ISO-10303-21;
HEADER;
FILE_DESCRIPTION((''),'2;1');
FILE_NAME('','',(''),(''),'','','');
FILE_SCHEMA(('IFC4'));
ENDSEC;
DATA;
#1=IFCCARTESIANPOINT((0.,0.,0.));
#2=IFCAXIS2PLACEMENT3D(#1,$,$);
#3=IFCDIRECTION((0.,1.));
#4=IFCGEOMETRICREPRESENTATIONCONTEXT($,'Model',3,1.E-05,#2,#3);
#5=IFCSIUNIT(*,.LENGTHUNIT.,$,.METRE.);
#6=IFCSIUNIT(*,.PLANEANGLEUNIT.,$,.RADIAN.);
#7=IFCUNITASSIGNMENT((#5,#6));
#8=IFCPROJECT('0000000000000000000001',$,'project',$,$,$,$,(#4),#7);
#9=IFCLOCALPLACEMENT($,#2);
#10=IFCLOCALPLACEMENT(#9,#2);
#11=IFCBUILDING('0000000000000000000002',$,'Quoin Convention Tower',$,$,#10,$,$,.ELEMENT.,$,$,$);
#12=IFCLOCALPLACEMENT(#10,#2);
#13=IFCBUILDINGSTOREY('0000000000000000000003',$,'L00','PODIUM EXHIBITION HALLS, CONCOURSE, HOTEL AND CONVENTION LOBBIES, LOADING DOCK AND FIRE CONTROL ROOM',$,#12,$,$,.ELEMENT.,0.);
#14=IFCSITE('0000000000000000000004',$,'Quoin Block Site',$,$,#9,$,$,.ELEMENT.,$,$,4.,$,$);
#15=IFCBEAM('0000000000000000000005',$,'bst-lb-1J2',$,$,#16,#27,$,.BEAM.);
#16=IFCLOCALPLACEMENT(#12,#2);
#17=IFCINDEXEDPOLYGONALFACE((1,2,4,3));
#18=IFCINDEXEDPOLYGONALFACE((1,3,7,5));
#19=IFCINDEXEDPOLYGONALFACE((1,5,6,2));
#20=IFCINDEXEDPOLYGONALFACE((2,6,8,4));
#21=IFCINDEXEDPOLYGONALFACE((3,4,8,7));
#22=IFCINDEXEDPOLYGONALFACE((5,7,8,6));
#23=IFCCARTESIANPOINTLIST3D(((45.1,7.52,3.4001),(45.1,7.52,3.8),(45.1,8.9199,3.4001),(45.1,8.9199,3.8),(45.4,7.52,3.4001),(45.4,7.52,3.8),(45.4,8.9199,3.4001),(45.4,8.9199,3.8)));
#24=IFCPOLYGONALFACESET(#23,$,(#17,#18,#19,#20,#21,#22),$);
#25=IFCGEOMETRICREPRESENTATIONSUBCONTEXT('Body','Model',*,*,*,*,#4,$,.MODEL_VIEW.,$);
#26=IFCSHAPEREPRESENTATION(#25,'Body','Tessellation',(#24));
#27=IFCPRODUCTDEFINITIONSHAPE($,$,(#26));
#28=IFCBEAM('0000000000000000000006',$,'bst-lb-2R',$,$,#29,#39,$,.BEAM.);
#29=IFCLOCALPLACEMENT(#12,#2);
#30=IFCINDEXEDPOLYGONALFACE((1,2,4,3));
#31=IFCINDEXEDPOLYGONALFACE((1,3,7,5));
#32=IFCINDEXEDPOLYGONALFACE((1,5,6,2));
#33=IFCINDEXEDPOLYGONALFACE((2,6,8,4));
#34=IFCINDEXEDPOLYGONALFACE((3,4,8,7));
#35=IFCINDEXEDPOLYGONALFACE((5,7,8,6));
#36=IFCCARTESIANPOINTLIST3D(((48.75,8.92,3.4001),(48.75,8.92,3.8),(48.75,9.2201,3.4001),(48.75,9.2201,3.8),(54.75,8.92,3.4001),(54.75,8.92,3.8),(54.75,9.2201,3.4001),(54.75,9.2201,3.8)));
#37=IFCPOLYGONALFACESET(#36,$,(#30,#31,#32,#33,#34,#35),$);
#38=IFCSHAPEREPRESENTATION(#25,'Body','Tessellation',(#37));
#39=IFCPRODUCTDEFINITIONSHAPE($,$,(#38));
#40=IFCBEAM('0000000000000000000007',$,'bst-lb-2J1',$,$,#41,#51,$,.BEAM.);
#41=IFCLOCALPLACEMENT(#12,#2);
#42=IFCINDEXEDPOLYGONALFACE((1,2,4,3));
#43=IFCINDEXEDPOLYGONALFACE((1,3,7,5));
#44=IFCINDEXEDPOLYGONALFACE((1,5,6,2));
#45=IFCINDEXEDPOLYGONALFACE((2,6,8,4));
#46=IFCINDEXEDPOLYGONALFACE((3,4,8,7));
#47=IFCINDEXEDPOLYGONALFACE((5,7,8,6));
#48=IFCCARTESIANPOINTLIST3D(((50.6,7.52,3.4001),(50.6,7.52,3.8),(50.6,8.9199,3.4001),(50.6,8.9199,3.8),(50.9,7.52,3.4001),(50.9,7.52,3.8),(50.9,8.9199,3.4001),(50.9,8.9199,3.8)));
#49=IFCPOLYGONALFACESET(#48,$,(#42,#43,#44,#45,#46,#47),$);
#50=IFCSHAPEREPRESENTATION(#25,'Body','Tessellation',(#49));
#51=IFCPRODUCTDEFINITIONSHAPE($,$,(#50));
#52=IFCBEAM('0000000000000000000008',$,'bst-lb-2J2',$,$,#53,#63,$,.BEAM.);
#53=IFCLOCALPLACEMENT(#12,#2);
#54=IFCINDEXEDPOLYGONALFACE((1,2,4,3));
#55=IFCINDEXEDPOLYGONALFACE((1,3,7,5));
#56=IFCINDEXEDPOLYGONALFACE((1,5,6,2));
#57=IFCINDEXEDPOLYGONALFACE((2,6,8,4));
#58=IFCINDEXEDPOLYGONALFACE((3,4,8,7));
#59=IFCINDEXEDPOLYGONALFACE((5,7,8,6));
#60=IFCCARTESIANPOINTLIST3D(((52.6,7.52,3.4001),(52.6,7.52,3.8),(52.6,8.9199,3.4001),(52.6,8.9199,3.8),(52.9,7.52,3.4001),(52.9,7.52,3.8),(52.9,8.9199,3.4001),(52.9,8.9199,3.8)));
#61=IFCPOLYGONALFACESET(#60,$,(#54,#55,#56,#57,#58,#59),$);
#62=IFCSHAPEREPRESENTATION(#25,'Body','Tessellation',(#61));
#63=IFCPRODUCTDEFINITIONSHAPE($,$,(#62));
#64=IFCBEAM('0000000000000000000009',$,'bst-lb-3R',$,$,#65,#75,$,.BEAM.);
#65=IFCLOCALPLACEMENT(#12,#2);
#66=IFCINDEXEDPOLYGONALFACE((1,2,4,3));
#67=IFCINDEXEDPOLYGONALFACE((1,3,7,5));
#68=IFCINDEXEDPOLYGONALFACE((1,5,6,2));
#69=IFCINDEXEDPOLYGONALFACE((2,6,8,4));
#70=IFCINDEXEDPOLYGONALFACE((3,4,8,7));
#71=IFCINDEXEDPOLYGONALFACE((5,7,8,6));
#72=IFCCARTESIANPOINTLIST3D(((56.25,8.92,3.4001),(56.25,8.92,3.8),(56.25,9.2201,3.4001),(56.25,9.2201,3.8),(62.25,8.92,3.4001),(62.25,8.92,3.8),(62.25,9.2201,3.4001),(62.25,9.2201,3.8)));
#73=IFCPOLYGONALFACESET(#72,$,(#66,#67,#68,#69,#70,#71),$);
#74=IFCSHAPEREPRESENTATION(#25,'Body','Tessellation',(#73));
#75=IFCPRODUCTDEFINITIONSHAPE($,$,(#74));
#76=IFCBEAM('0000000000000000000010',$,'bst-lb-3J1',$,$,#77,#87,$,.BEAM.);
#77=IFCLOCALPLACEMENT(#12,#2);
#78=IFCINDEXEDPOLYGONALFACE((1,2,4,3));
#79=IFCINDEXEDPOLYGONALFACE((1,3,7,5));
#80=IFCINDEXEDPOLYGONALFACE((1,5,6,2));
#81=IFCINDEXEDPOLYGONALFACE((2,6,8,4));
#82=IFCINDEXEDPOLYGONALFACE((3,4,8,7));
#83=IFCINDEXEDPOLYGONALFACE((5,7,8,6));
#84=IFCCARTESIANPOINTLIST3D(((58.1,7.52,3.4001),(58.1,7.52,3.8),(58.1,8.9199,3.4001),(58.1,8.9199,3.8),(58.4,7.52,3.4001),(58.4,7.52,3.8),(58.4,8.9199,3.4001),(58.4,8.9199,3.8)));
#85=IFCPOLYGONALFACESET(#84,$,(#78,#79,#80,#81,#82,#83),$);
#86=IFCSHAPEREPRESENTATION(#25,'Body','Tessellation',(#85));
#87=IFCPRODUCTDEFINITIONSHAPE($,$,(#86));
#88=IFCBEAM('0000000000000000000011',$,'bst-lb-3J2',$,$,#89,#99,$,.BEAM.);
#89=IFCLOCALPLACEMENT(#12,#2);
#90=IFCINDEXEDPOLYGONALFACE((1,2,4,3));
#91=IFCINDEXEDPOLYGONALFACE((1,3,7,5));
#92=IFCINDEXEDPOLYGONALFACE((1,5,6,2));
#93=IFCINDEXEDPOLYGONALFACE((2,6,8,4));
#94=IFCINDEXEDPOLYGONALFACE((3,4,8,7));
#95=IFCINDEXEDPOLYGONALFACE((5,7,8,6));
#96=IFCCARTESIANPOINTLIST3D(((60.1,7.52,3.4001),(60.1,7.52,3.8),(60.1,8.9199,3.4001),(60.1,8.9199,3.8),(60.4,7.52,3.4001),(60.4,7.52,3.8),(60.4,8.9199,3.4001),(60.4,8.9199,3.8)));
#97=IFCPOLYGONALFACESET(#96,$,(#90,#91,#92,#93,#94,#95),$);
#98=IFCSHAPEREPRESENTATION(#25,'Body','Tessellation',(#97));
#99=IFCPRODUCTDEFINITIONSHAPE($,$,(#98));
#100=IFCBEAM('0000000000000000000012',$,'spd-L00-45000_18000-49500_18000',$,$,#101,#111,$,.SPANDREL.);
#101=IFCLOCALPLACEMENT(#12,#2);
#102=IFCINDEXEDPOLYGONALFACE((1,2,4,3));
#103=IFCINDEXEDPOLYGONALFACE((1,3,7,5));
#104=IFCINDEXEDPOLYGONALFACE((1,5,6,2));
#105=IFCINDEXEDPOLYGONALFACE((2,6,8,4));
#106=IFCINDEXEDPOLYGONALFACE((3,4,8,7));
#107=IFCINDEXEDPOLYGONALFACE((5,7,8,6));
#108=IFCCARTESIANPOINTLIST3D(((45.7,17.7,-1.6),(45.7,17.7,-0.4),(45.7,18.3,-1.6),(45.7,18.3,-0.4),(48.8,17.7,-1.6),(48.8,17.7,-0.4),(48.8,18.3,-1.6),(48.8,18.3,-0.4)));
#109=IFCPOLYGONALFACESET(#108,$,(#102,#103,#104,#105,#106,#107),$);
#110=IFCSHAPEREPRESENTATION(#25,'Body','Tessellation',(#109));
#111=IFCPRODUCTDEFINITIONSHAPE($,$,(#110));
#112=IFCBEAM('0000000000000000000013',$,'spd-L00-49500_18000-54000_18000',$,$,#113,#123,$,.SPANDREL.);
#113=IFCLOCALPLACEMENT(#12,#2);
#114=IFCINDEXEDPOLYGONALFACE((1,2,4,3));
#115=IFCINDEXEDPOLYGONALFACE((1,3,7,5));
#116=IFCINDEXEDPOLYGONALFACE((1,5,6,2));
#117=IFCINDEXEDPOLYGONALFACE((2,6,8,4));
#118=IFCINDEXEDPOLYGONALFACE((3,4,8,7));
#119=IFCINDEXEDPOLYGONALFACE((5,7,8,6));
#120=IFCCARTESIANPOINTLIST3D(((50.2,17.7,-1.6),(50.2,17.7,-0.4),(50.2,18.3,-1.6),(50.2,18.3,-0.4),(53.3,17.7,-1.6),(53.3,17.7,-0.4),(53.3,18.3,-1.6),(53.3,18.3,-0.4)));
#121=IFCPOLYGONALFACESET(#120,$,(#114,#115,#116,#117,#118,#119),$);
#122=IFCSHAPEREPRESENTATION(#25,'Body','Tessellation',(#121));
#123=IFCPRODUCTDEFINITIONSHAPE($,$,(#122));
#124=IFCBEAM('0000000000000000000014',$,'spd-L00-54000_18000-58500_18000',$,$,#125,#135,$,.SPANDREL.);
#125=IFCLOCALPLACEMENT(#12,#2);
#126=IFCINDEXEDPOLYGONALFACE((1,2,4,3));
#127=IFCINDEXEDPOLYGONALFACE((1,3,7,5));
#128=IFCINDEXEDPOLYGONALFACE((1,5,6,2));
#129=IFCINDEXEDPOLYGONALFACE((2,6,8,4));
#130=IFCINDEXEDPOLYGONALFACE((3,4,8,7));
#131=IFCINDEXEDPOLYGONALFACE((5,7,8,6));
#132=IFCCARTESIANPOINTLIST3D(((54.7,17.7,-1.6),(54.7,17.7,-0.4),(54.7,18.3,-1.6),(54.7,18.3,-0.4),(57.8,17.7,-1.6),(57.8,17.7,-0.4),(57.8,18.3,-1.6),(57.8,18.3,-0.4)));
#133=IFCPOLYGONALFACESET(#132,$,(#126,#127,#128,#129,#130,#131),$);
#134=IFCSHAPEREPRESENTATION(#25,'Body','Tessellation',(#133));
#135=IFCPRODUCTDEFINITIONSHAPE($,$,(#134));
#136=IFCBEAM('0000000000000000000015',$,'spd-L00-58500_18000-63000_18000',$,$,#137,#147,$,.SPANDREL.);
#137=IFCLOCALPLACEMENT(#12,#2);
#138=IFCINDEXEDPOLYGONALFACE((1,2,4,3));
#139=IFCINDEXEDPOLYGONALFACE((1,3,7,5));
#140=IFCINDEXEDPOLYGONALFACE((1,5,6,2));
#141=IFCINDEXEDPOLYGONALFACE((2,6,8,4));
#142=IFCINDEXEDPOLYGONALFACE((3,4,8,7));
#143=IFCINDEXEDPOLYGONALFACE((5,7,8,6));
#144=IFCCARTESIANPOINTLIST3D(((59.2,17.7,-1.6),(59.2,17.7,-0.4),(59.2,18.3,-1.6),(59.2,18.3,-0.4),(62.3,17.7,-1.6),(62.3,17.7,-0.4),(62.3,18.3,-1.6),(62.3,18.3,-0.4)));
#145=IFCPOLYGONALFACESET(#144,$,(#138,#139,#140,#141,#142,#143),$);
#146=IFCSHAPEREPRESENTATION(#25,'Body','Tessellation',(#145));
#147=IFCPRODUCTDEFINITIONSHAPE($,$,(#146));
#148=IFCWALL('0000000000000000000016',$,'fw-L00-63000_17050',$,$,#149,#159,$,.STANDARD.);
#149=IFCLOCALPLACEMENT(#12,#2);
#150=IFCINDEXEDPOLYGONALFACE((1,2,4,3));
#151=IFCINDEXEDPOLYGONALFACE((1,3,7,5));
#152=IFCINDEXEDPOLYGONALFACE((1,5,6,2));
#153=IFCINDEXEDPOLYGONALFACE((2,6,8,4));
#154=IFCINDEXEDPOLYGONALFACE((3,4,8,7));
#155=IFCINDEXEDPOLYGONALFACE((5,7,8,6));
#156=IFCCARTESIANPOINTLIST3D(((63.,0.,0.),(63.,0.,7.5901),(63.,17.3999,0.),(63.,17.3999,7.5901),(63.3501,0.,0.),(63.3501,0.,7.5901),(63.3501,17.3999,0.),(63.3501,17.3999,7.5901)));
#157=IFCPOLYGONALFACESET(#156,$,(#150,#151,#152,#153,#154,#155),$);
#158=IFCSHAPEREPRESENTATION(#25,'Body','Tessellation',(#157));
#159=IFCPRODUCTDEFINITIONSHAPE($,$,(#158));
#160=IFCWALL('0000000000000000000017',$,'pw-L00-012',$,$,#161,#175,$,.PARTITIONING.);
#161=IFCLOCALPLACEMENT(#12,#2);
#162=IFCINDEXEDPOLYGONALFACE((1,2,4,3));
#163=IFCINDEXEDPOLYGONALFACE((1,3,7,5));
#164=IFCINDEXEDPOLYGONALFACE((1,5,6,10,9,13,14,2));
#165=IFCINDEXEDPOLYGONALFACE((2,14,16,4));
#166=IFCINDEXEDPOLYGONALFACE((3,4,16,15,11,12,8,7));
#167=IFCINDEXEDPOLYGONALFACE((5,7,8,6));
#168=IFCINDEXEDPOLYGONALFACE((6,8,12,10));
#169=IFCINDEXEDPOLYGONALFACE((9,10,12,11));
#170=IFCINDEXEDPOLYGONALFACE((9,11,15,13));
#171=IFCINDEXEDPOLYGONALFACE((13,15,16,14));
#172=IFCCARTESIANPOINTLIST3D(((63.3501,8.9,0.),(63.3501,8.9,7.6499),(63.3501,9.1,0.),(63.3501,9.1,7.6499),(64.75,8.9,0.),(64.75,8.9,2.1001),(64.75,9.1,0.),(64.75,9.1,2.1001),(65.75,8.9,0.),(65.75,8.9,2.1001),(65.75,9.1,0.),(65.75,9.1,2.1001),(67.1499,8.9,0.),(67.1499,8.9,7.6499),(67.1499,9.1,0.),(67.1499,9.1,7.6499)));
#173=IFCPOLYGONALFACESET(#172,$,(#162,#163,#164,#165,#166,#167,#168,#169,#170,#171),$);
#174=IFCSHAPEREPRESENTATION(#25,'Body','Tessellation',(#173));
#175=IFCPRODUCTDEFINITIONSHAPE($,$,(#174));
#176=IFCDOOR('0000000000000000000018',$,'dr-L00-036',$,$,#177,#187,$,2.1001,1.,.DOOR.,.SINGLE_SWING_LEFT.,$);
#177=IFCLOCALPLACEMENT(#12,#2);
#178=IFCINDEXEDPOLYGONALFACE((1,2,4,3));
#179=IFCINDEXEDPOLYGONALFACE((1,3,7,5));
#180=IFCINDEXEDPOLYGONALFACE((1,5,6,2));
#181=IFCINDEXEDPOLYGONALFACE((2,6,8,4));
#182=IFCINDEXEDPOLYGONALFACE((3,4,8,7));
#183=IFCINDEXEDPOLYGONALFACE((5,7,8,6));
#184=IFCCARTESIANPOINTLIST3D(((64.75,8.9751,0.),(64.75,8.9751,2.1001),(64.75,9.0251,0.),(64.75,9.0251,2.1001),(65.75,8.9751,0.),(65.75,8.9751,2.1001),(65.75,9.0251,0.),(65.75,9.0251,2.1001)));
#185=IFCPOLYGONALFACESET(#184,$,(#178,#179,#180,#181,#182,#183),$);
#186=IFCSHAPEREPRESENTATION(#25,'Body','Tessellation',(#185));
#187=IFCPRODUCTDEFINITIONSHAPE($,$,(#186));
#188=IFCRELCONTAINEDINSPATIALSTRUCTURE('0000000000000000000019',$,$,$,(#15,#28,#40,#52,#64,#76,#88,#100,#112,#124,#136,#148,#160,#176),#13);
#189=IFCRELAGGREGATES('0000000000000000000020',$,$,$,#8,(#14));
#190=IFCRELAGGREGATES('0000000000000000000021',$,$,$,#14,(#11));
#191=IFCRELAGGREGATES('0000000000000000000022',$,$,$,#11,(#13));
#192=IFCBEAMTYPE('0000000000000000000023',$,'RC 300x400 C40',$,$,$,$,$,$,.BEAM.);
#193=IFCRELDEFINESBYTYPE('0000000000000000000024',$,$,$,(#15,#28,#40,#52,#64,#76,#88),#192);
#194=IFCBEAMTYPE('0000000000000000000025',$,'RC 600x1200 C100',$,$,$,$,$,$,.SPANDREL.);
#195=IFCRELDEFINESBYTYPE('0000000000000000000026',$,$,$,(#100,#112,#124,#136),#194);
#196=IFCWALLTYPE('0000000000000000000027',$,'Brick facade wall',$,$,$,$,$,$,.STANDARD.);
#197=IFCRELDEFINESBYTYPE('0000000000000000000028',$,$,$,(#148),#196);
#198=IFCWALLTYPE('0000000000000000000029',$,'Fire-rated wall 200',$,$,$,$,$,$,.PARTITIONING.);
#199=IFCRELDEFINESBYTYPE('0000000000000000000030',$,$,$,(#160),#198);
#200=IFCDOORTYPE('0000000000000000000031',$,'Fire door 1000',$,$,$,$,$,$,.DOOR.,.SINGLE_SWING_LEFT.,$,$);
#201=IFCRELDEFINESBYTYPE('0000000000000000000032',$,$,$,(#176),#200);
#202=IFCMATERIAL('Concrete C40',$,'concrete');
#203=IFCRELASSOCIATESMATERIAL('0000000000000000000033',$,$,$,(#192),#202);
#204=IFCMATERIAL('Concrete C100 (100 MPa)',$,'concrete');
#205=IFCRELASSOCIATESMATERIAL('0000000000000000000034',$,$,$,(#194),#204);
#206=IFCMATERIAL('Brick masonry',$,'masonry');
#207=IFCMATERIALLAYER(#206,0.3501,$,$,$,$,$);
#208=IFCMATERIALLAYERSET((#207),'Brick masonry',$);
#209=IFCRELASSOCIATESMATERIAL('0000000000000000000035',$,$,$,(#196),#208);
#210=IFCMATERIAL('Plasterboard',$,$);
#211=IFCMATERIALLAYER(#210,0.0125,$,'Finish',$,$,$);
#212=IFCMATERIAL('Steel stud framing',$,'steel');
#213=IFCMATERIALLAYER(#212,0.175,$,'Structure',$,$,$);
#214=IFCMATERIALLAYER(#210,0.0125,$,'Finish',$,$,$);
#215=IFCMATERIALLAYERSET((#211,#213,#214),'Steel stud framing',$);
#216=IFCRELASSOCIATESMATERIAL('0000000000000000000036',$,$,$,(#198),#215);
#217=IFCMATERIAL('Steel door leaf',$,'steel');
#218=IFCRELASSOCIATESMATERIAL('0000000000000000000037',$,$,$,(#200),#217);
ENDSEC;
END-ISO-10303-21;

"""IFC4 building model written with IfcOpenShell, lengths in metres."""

from ifc_helpers import new_model, si_unit, direction, frame, frame_2d, origin, origin_2d, place, context, subcontext, project, spatial, rectangle, extrude, material, layer, layer_set, material_profile, profile_set, type_object, element, fill, save


model = new_model("IFC4")

# Units and contexts
model_context = context("Model", 3, precision=1e-05, world=origin(), true_north=direction((0.0, 1.0)))
body_context = subcontext(model_context, "Body", "Model", "MODEL_VIEW")
ifc_project = project(units=[si_unit("LENGTHUNIT", "METRE"), si_unit("PLANEANGLEUNIT", "RADIAN")], contexts=[model_context])

# Site, building, storey
site_placement = place(None, origin())
site = spatial("IfcSite", under=ifc_project, at=site_placement, Name="Quoin Block Site", CompositionType="ELEMENT", RefElevation=4.0)
building_placement = place(site_placement, origin())
building = spatial("IfcBuilding", under=site, at=building_placement, Name="Quoin Convention Tower", CompositionType="ELEMENT")
storey_placement = place(building_placement, origin())
storey = spatial("IfcBuildingStorey", under=building, at=storey_placement, Name="L00", Description="PODIUM EXHIBITION HALLS, CONCOURSE, HOTEL AND CONVENTION LOBBIES, LOADING DOCK AND FIRE CONTROL ROOM", CompositionType="ELEMENT", Elevation=0.0)

# Beams
ifc_material_1 = material(Name="Concrete C40", Category="concrete")
ifc_material_profile_1 = material_profile(ifc_material_1, rectangle(XDim=0.3, YDim=0.3999, at=origin_2d()), Name="RC 300x400")
ifc_profile_set_1 = profile_set([ifc_material_profile_1], Name="Concrete C40")
beam_type_1 = type_object("IfcBeamType", Name="RC 300x400 C40", PredefinedType="BEAM", material=ifc_profile_set_1)
beam_1_placement = place(storey_placement, frame((45.25, 7.52, 3.6001), z_axis=(0.0, 1.0, 0.0), x_axis=(-1.0, 0.0, 0.0)))
element("IfcBeam", 1, at=beam_1_placement, inside=storey, type_object=beam_type_1, Name="bst-lb-1J2", PredefinedType="BEAM", context=body_context, shape_type="SweptSolid", body=[
    extrude(rectangle(XDim=0.3, YDim=0.3999, at=origin_2d()), origin(), (0.0, 0.0, 1.0), 1.3999),
])
beam_2_placement = place(storey_placement, frame((48.75, 9.0701, 3.6001), z_axis=(1.0, 0.0, 0.0), x_axis=(0.0, 1.0, 0.0)))
element("IfcBeam", 2, at=beam_2_placement, inside=storey, type_object=beam_type_1, Name="bst-lb-2R", PredefinedType="BEAM", context=body_context, shape_type="SweptSolid", body=[
    extrude(rectangle(XDim=0.3, YDim=0.3999, at=origin_2d()), origin(), (0.0, 0.0, 1.0), 6.0),
])
for number, where, z_axis, x_axis, name in (
    (3, (50.75, 7.52, 3.6001), (0.0, 1.0, 0.0), (-1.0, 0.0, 0.0), "bst-lb-2J1"),
    (4, (52.75, 7.52, 3.6001), (0.0, 1.0, 0.0), (-1.0, 0.0, 0.0), "bst-lb-2J2"),
):
    element("IfcBeam", number, at=place(storey_placement, frame(where, z_axis=z_axis, x_axis=x_axis)), inside=storey, type_object=beam_type_1, Name=name, PredefinedType="BEAM", context=body_context, shape_type="SweptSolid", body=[
        extrude(rectangle(XDim=0.3, YDim=0.3999, at=origin_2d()), origin(), (0.0, 0.0, 1.0), 1.3999),
    ])
beam_3_placement = place(storey_placement, frame((56.25, 9.0701, 3.6001), z_axis=(1.0, 0.0, 0.0), x_axis=(0.0, 1.0, 0.0)))
element("IfcBeam", 5, at=beam_3_placement, inside=storey, type_object=beam_type_1, Name="bst-lb-3R", PredefinedType="BEAM", context=body_context, shape_type="SweptSolid", body=[
    extrude(rectangle(XDim=0.3, YDim=0.3999, at=origin_2d()), origin(), (0.0, 0.0, 1.0), 6.0),
])
for number, where, z_axis, x_axis, name in (
    (6, (58.25, 7.52, 3.6001), (0.0, 1.0, 0.0), (-1.0, 0.0, 0.0), "bst-lb-3J1"),
    (7, (60.25, 7.52, 3.6001), (0.0, 1.0, 0.0), (-1.0, 0.0, 0.0), "bst-lb-3J2"),
):
    element("IfcBeam", number, at=place(storey_placement, frame(where, z_axis=z_axis, x_axis=x_axis)), inside=storey, type_object=beam_type_1, Name=name, PredefinedType="BEAM", context=body_context, shape_type="SweptSolid", body=[
        extrude(rectangle(XDim=0.3, YDim=0.3999, at=origin_2d()), origin(), (0.0, 0.0, 1.0), 1.3999),
    ])
ifc_material_2 = material(Name="Concrete C100 (100 MPa)", Category="concrete")
ifc_material_profile_2 = material_profile(ifc_material_2, rectangle(XDim=0.6001, YDim=1.2, at=origin_2d()), Name="RC 600x1200")
ifc_profile_set_2 = profile_set([ifc_material_profile_2], Name="Concrete C100 (100 MPa)")
beam_type_2 = type_object("IfcBeamType", Name="RC 600x1200 C100", PredefinedType="SPANDREL", material=ifc_profile_set_2)
for number, where, z_axis, x_axis, name in (
    (8, (45.7, 18.0, -1.0), (1.0, 0.0, 0.0), (0.0, 1.0, 0.0), "spd-L00-45000_18000-49500_18000"),
    (9, (50.2, 18.0, -1.0), (1.0, 0.0, 0.0), (0.0, 1.0, 0.0), "spd-L00-49500_18000-54000_18000"),
    (10, (54.7, 18.0, -1.0), (1.0, 0.0, 0.0), (0.0, 1.0, 0.0), "spd-L00-54000_18000-58500_18000"),
    (11, (59.2, 18.0, -1.0), (1.0, 0.0, 0.0), (0.0, 1.0, 0.0), "spd-L00-58500_18000-63000_18000"),
):
    element("IfcBeam", number, at=place(storey_placement, frame(where, z_axis=z_axis, x_axis=x_axis)), inside=storey, type_object=beam_type_2, Name=name, PredefinedType="SPANDREL", context=body_context, shape_type="SweptSolid", body=[
        extrude(rectangle(XDim=0.6001, YDim=1.2, at=origin_2d()), origin(), (0.0, 0.0, 1.0), 3.1001),
    ])

# Wall
ifc_material_3 = material(Name="Brick masonry", Category="masonry")
ifc_layer_1 = layer(ifc_material_3, 0.3501)
ifc_layer_set_1 = layer_set([ifc_layer_1], Name="Brick masonry")
wall_type_1 = type_object("IfcWallType", Name="Brick facade wall", PredefinedType="STANDARD", material=ifc_layer_set_1)
wall_1_placement = place(storey_placement, frame((63.175, 17.3999, 0.0), z_axis=(0.0, 0.0, 1.0), x_axis=(0.0, -1.0, 0.0)))
element("IfcWall", 12, at=wall_1_placement, inside=storey, type_object=wall_type_1, Name="fw-L00-63000_17050", PredefinedType="STANDARD", context=body_context, shape_type="SweptSolid", body=[
    extrude(rectangle(XDim=17.3999, YDim=0.3501, at=frame_2d((8.7, 0.0))), origin(), (0.0, 0.0, 1.0), 7.5901),
])

# Wall, opening, door
ifc_material_4 = material(Name="Plasterboard")
ifc_layer_2 = layer(ifc_material_4, 0.0125, Name="Finish")
ifc_material_5 = material(Name="Steel stud framing", Category="steel")
ifc_layer_3 = layer(ifc_material_5, 0.175, Name="Structure")
ifc_layer_4 = layer(ifc_material_4, 0.0125, Name="Finish")
ifc_layer_set_2 = layer_set([ifc_layer_2, ifc_layer_3, ifc_layer_4], Name="Steel stud framing")
wall_type_2 = type_object("IfcWallType", Name="Fire-rated wall 200", PredefinedType="PARTITIONING", material=ifc_layer_set_2)
wall_2_placement = place(storey_placement, frame((63.3501, 9.0, 0.0), z_axis=(0.0, 0.0, 1.0), x_axis=(1.0, 0.0, 0.0)))
wall_2 = element("IfcWall", 13, at=wall_2_placement, inside=storey, type_object=wall_type_2, Name="pw-L00-012", PredefinedType="PARTITIONING", context=body_context, shape_type="SweptSolid", body=[
    extrude(rectangle(XDim=3.7998, YDim=0.2, at=frame_2d((1.8999, 0.0))), origin(), (0.0, 0.0, 1.0), 7.6499),
])
opening_1_placement = place(wall_2_placement, frame((1.3999, 0.0, 0.0)))
opening_1 = element("IfcOpeningElement", 14, at=opening_1_placement, cuts=wall_2, PredefinedType="OPENING", context=body_context, shape_type="SweptSolid", body=[
    extrude(rectangle(XDim=1.0, YDim=2.1001, at=frame_2d((0.5, 1.05))), frame((0.0, 0.1099, 0.0), z_axis=(0.0, -1.0, 0.0), x_axis=(1.0, 0.0, 0.0)), (0.0, 0.0, 1.0), 0.22),
])
ifc_material_6 = material(Name="Steel door leaf", Category="steel")
door_type_1 = type_object("IfcDoorType", Name="Fire door 1000", OperationType="SINGLE_SWING_LEFT", PredefinedType="DOOR", material=ifc_material_6)
door_1_placement = place(opening_1_placement, frame((1.0, 0.0, 0.0), z_axis=(0.0, 0.0, 1.0), x_axis=(-1.0, 0.0, 0.0)))
door_1 = element("IfcDoor", 15, at=door_1_placement, inside=storey, type_object=door_type_1, Name="dr-L00-036", OperationType="SINGLE_SWING_LEFT", OverallHeight=2.1001, OverallWidth=1.0, PredefinedType="DOOR", context=body_context, shape_type="SweptSolid", body=[
    extrude(rectangle(XDim=1.0, YDim=2.1001, at=frame_2d((0.5, 1.05))), frame((0.0, 0.0249, 0.0), z_axis=(0.0, -1.0, 0.0), x_axis=(1.0, 0.0, 0.0)), (0.0, 0.0, 1.0), 0.05),
])
fill(opening_1, door_1)

save(model, "model.ifc")
